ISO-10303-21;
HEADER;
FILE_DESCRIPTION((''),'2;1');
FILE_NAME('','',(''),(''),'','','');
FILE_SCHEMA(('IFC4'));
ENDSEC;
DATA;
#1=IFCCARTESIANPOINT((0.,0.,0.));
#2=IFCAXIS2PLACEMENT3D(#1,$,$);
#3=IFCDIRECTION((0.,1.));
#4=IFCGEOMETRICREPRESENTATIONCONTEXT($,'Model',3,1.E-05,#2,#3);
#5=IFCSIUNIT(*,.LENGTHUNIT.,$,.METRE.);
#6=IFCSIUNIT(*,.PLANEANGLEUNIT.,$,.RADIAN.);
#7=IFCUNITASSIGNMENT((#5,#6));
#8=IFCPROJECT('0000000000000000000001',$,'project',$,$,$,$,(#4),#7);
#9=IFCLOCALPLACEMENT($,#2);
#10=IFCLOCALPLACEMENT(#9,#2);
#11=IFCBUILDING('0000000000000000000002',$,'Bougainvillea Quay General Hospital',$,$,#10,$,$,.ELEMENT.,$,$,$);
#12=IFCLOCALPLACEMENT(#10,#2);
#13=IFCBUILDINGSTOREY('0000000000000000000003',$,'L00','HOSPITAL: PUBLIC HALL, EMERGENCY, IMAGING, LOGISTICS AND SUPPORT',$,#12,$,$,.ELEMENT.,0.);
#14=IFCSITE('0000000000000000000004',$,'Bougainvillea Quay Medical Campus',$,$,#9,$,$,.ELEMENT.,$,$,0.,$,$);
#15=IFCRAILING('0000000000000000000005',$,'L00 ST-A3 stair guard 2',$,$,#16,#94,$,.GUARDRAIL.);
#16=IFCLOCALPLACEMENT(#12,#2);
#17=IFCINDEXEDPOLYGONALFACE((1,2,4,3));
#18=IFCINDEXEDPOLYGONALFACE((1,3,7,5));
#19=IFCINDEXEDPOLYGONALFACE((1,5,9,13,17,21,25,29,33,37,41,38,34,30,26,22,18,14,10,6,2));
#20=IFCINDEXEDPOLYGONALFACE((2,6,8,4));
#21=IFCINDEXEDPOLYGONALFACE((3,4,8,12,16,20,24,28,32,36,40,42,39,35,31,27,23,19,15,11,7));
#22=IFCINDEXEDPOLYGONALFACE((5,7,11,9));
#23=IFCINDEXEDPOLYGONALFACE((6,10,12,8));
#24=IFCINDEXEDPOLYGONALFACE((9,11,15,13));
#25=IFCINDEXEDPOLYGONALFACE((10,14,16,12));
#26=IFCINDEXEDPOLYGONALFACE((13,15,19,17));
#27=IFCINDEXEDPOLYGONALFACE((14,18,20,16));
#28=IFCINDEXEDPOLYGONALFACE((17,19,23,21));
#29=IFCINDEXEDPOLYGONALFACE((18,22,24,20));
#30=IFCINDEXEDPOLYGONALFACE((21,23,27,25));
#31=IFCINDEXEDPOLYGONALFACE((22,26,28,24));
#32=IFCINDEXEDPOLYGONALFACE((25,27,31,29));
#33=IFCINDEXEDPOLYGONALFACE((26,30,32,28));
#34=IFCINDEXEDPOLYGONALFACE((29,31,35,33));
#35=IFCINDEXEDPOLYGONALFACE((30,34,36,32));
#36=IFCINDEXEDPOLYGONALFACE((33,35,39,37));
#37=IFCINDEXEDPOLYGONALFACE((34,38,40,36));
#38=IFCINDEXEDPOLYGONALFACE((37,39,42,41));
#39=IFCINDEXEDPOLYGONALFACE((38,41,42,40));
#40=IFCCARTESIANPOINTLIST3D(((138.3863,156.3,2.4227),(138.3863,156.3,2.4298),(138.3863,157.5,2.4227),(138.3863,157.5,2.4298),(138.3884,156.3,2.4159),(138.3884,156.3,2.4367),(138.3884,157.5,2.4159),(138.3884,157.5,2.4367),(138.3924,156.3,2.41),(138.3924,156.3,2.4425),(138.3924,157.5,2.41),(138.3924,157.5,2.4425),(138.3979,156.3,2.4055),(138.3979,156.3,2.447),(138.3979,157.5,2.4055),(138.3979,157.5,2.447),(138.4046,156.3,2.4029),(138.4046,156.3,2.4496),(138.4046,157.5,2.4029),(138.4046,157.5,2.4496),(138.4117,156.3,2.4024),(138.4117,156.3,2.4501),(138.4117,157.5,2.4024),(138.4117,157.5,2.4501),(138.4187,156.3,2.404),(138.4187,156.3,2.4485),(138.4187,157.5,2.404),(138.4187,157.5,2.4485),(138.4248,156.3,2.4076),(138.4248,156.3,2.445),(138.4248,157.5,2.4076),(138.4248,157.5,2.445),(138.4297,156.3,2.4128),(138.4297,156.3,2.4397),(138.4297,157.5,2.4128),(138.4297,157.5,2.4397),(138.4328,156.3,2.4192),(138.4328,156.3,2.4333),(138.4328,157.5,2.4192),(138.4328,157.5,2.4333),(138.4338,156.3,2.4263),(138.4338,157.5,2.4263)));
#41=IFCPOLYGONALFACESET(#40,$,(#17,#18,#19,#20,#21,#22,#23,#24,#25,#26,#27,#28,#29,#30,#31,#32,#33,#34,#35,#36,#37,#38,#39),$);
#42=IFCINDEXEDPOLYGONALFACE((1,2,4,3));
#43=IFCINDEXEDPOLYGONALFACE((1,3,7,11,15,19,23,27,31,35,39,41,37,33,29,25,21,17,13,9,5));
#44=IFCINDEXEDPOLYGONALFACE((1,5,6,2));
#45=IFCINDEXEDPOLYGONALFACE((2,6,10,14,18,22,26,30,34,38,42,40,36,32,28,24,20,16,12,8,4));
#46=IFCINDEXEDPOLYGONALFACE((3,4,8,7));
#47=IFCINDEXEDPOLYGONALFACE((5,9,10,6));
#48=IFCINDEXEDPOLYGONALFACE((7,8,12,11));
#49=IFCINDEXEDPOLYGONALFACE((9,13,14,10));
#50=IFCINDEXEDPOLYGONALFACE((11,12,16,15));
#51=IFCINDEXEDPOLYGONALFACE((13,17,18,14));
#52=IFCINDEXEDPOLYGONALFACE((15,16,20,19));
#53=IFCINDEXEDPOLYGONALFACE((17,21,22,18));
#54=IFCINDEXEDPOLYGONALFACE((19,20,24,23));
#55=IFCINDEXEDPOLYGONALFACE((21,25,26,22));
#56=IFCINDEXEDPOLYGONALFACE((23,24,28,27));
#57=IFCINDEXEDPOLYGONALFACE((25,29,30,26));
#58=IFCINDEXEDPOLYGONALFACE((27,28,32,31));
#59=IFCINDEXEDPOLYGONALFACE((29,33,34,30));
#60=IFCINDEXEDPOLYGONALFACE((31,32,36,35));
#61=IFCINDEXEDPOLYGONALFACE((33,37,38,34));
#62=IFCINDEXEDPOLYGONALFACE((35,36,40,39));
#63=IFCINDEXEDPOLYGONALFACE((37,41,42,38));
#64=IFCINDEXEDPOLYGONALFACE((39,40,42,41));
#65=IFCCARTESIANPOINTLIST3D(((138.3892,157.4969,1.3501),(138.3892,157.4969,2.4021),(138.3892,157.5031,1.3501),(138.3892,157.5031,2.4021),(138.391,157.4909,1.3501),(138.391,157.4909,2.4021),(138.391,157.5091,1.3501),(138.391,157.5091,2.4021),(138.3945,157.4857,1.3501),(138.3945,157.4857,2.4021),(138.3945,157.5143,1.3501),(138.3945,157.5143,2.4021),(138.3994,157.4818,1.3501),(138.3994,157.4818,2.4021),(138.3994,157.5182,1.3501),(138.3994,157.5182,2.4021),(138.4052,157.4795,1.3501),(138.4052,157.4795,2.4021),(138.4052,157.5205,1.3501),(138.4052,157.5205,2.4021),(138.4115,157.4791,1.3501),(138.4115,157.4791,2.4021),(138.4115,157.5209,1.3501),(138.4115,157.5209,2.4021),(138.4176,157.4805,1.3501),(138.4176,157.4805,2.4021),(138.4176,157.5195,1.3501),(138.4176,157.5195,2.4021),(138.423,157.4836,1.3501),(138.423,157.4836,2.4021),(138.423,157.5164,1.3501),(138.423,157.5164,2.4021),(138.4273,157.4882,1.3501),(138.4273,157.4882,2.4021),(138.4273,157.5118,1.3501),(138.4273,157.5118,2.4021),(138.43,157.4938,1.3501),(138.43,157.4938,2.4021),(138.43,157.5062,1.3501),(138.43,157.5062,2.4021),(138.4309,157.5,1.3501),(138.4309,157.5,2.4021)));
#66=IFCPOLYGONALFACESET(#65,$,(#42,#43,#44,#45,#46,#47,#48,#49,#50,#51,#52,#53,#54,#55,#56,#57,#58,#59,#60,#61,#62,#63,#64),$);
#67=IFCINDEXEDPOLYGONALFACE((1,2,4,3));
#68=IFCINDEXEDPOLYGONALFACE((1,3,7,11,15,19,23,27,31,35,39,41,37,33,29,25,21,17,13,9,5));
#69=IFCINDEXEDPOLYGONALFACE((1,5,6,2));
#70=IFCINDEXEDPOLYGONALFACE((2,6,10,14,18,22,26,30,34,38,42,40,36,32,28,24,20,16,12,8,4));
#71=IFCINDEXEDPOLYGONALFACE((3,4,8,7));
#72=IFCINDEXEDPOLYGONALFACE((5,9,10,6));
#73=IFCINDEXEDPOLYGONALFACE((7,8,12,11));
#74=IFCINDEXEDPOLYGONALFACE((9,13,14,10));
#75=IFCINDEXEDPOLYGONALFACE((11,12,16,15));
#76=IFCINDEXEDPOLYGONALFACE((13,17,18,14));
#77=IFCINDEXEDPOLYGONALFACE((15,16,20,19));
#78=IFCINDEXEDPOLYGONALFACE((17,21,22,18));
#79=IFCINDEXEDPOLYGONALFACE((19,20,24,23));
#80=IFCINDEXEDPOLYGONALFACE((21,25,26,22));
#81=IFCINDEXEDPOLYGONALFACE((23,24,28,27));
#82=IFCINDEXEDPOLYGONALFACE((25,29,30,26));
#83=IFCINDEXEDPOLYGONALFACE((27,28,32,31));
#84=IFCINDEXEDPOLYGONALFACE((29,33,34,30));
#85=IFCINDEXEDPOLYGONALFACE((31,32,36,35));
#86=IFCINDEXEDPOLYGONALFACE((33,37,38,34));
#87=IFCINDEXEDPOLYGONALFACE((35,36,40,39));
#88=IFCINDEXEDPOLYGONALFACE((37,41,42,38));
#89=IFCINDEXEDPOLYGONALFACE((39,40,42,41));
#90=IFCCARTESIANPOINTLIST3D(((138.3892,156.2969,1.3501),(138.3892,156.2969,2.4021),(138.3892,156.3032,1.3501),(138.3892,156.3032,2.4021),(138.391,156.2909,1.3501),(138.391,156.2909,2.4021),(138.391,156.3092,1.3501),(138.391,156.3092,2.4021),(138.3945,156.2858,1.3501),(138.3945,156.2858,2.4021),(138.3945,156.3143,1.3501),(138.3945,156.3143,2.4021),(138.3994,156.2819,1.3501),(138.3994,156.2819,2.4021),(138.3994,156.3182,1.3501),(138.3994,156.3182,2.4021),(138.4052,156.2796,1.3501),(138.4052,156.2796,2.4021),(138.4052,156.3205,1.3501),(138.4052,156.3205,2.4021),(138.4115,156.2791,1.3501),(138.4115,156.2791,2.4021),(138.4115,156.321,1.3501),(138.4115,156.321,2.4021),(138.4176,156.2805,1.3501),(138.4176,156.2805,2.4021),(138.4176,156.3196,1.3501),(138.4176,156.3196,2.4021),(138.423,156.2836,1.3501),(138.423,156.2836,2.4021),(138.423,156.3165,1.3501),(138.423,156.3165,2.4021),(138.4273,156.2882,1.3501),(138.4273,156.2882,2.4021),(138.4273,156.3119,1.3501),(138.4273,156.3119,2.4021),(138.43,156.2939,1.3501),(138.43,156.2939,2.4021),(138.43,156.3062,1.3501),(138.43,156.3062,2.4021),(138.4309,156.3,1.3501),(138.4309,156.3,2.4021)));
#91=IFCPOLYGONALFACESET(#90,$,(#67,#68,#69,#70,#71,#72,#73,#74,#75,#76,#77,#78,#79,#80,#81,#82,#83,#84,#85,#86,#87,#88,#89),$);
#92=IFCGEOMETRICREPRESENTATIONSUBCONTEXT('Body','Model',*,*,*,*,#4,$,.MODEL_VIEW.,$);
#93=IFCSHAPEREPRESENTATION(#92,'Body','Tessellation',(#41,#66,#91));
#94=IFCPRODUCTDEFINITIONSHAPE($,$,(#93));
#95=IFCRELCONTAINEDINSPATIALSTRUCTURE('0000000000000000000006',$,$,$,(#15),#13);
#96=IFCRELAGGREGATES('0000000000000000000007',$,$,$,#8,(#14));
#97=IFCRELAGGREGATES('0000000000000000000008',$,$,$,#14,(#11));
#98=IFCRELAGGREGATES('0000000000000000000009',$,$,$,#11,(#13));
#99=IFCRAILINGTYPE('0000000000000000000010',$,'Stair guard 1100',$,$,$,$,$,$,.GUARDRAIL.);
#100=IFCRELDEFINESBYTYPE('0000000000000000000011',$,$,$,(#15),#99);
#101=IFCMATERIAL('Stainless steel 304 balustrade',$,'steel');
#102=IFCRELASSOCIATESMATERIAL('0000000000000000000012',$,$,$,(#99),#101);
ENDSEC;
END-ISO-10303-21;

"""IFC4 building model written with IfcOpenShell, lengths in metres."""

from ifc_helpers import new_model, si_unit, direction, frame, origin, origin_2d, place, context, subcontext, project, spatial, circle, extrude, material, type_object, element, save


model = new_model("IFC4")

# Units and contexts
model_context = context("Model", 3, precision=1e-05, world=origin(), true_north=direction((0.0, 1.0)))
body_context = subcontext(model_context, "Body", "Model", "MODEL_VIEW")
ifc_project = project(units=[si_unit("LENGTHUNIT", "METRE"), si_unit("PLANEANGLEUNIT", "RADIAN")], contexts=[model_context])

# Site, building, storey
site_placement = place(None, origin())
site = spatial("IfcSite", under=ifc_project, at=site_placement, Name="Bougainvillea Quay Medical Campus", CompositionType="ELEMENT", RefElevation=0.0)
building_placement = place(site_placement, origin())
building = spatial("IfcBuilding", under=site, at=building_placement, Name="Bougainvillea Quay General Hospital", CompositionType="ELEMENT")
storey_placement = place(building_placement, origin())
storey = spatial("IfcBuildingStorey", under=building, at=storey_placement, Name="L00", Description="HOSPITAL: PUBLIC HALL, EMERGENCY, IMAGING, LOGISTICS AND SUPPORT", CompositionType="ELEMENT", Elevation=0.0)

# Railing
ifc_material_1 = material(Name="Stainless steel 304 balustrade", Category="steel")
railing_type_1 = type_object("IfcRailingType", Name="Stair guard 1100", PredefinedType="GUARDRAIL", material=ifc_material_1)
railing_1_placement = place(storey_placement, frame((138.4099, 157.5, 1.3501)))
element("IfcRailing", 1, at=railing_1_placement, inside=storey, type_object=railing_type_1, Name="L00 ST-A3 stair guard 2", PredefinedType="GUARDRAIL", context=body_context, shape_type="SweptSolid", body=[
    extrude(circle(Radius=0.0239, at=origin_2d()), frame((0.0, 0.0, 1.0762), z_axis=(0.0, -1.0, 0.0), x_axis=(1.0, 0.0, 0.0)), (0.0, 0.0, 1.0), 1.2),
    extrude(circle(Radius=0.021, at=origin_2d()), origin(), (0.0, 0.0, 1.0), 1.052),
    extrude(circle(Radius=0.021, at=origin_2d()), frame((0.0, -1.2, 0.0)), (0.0, 0.0, 1.0), 1.052),
])

save(model, "model.ifc")
